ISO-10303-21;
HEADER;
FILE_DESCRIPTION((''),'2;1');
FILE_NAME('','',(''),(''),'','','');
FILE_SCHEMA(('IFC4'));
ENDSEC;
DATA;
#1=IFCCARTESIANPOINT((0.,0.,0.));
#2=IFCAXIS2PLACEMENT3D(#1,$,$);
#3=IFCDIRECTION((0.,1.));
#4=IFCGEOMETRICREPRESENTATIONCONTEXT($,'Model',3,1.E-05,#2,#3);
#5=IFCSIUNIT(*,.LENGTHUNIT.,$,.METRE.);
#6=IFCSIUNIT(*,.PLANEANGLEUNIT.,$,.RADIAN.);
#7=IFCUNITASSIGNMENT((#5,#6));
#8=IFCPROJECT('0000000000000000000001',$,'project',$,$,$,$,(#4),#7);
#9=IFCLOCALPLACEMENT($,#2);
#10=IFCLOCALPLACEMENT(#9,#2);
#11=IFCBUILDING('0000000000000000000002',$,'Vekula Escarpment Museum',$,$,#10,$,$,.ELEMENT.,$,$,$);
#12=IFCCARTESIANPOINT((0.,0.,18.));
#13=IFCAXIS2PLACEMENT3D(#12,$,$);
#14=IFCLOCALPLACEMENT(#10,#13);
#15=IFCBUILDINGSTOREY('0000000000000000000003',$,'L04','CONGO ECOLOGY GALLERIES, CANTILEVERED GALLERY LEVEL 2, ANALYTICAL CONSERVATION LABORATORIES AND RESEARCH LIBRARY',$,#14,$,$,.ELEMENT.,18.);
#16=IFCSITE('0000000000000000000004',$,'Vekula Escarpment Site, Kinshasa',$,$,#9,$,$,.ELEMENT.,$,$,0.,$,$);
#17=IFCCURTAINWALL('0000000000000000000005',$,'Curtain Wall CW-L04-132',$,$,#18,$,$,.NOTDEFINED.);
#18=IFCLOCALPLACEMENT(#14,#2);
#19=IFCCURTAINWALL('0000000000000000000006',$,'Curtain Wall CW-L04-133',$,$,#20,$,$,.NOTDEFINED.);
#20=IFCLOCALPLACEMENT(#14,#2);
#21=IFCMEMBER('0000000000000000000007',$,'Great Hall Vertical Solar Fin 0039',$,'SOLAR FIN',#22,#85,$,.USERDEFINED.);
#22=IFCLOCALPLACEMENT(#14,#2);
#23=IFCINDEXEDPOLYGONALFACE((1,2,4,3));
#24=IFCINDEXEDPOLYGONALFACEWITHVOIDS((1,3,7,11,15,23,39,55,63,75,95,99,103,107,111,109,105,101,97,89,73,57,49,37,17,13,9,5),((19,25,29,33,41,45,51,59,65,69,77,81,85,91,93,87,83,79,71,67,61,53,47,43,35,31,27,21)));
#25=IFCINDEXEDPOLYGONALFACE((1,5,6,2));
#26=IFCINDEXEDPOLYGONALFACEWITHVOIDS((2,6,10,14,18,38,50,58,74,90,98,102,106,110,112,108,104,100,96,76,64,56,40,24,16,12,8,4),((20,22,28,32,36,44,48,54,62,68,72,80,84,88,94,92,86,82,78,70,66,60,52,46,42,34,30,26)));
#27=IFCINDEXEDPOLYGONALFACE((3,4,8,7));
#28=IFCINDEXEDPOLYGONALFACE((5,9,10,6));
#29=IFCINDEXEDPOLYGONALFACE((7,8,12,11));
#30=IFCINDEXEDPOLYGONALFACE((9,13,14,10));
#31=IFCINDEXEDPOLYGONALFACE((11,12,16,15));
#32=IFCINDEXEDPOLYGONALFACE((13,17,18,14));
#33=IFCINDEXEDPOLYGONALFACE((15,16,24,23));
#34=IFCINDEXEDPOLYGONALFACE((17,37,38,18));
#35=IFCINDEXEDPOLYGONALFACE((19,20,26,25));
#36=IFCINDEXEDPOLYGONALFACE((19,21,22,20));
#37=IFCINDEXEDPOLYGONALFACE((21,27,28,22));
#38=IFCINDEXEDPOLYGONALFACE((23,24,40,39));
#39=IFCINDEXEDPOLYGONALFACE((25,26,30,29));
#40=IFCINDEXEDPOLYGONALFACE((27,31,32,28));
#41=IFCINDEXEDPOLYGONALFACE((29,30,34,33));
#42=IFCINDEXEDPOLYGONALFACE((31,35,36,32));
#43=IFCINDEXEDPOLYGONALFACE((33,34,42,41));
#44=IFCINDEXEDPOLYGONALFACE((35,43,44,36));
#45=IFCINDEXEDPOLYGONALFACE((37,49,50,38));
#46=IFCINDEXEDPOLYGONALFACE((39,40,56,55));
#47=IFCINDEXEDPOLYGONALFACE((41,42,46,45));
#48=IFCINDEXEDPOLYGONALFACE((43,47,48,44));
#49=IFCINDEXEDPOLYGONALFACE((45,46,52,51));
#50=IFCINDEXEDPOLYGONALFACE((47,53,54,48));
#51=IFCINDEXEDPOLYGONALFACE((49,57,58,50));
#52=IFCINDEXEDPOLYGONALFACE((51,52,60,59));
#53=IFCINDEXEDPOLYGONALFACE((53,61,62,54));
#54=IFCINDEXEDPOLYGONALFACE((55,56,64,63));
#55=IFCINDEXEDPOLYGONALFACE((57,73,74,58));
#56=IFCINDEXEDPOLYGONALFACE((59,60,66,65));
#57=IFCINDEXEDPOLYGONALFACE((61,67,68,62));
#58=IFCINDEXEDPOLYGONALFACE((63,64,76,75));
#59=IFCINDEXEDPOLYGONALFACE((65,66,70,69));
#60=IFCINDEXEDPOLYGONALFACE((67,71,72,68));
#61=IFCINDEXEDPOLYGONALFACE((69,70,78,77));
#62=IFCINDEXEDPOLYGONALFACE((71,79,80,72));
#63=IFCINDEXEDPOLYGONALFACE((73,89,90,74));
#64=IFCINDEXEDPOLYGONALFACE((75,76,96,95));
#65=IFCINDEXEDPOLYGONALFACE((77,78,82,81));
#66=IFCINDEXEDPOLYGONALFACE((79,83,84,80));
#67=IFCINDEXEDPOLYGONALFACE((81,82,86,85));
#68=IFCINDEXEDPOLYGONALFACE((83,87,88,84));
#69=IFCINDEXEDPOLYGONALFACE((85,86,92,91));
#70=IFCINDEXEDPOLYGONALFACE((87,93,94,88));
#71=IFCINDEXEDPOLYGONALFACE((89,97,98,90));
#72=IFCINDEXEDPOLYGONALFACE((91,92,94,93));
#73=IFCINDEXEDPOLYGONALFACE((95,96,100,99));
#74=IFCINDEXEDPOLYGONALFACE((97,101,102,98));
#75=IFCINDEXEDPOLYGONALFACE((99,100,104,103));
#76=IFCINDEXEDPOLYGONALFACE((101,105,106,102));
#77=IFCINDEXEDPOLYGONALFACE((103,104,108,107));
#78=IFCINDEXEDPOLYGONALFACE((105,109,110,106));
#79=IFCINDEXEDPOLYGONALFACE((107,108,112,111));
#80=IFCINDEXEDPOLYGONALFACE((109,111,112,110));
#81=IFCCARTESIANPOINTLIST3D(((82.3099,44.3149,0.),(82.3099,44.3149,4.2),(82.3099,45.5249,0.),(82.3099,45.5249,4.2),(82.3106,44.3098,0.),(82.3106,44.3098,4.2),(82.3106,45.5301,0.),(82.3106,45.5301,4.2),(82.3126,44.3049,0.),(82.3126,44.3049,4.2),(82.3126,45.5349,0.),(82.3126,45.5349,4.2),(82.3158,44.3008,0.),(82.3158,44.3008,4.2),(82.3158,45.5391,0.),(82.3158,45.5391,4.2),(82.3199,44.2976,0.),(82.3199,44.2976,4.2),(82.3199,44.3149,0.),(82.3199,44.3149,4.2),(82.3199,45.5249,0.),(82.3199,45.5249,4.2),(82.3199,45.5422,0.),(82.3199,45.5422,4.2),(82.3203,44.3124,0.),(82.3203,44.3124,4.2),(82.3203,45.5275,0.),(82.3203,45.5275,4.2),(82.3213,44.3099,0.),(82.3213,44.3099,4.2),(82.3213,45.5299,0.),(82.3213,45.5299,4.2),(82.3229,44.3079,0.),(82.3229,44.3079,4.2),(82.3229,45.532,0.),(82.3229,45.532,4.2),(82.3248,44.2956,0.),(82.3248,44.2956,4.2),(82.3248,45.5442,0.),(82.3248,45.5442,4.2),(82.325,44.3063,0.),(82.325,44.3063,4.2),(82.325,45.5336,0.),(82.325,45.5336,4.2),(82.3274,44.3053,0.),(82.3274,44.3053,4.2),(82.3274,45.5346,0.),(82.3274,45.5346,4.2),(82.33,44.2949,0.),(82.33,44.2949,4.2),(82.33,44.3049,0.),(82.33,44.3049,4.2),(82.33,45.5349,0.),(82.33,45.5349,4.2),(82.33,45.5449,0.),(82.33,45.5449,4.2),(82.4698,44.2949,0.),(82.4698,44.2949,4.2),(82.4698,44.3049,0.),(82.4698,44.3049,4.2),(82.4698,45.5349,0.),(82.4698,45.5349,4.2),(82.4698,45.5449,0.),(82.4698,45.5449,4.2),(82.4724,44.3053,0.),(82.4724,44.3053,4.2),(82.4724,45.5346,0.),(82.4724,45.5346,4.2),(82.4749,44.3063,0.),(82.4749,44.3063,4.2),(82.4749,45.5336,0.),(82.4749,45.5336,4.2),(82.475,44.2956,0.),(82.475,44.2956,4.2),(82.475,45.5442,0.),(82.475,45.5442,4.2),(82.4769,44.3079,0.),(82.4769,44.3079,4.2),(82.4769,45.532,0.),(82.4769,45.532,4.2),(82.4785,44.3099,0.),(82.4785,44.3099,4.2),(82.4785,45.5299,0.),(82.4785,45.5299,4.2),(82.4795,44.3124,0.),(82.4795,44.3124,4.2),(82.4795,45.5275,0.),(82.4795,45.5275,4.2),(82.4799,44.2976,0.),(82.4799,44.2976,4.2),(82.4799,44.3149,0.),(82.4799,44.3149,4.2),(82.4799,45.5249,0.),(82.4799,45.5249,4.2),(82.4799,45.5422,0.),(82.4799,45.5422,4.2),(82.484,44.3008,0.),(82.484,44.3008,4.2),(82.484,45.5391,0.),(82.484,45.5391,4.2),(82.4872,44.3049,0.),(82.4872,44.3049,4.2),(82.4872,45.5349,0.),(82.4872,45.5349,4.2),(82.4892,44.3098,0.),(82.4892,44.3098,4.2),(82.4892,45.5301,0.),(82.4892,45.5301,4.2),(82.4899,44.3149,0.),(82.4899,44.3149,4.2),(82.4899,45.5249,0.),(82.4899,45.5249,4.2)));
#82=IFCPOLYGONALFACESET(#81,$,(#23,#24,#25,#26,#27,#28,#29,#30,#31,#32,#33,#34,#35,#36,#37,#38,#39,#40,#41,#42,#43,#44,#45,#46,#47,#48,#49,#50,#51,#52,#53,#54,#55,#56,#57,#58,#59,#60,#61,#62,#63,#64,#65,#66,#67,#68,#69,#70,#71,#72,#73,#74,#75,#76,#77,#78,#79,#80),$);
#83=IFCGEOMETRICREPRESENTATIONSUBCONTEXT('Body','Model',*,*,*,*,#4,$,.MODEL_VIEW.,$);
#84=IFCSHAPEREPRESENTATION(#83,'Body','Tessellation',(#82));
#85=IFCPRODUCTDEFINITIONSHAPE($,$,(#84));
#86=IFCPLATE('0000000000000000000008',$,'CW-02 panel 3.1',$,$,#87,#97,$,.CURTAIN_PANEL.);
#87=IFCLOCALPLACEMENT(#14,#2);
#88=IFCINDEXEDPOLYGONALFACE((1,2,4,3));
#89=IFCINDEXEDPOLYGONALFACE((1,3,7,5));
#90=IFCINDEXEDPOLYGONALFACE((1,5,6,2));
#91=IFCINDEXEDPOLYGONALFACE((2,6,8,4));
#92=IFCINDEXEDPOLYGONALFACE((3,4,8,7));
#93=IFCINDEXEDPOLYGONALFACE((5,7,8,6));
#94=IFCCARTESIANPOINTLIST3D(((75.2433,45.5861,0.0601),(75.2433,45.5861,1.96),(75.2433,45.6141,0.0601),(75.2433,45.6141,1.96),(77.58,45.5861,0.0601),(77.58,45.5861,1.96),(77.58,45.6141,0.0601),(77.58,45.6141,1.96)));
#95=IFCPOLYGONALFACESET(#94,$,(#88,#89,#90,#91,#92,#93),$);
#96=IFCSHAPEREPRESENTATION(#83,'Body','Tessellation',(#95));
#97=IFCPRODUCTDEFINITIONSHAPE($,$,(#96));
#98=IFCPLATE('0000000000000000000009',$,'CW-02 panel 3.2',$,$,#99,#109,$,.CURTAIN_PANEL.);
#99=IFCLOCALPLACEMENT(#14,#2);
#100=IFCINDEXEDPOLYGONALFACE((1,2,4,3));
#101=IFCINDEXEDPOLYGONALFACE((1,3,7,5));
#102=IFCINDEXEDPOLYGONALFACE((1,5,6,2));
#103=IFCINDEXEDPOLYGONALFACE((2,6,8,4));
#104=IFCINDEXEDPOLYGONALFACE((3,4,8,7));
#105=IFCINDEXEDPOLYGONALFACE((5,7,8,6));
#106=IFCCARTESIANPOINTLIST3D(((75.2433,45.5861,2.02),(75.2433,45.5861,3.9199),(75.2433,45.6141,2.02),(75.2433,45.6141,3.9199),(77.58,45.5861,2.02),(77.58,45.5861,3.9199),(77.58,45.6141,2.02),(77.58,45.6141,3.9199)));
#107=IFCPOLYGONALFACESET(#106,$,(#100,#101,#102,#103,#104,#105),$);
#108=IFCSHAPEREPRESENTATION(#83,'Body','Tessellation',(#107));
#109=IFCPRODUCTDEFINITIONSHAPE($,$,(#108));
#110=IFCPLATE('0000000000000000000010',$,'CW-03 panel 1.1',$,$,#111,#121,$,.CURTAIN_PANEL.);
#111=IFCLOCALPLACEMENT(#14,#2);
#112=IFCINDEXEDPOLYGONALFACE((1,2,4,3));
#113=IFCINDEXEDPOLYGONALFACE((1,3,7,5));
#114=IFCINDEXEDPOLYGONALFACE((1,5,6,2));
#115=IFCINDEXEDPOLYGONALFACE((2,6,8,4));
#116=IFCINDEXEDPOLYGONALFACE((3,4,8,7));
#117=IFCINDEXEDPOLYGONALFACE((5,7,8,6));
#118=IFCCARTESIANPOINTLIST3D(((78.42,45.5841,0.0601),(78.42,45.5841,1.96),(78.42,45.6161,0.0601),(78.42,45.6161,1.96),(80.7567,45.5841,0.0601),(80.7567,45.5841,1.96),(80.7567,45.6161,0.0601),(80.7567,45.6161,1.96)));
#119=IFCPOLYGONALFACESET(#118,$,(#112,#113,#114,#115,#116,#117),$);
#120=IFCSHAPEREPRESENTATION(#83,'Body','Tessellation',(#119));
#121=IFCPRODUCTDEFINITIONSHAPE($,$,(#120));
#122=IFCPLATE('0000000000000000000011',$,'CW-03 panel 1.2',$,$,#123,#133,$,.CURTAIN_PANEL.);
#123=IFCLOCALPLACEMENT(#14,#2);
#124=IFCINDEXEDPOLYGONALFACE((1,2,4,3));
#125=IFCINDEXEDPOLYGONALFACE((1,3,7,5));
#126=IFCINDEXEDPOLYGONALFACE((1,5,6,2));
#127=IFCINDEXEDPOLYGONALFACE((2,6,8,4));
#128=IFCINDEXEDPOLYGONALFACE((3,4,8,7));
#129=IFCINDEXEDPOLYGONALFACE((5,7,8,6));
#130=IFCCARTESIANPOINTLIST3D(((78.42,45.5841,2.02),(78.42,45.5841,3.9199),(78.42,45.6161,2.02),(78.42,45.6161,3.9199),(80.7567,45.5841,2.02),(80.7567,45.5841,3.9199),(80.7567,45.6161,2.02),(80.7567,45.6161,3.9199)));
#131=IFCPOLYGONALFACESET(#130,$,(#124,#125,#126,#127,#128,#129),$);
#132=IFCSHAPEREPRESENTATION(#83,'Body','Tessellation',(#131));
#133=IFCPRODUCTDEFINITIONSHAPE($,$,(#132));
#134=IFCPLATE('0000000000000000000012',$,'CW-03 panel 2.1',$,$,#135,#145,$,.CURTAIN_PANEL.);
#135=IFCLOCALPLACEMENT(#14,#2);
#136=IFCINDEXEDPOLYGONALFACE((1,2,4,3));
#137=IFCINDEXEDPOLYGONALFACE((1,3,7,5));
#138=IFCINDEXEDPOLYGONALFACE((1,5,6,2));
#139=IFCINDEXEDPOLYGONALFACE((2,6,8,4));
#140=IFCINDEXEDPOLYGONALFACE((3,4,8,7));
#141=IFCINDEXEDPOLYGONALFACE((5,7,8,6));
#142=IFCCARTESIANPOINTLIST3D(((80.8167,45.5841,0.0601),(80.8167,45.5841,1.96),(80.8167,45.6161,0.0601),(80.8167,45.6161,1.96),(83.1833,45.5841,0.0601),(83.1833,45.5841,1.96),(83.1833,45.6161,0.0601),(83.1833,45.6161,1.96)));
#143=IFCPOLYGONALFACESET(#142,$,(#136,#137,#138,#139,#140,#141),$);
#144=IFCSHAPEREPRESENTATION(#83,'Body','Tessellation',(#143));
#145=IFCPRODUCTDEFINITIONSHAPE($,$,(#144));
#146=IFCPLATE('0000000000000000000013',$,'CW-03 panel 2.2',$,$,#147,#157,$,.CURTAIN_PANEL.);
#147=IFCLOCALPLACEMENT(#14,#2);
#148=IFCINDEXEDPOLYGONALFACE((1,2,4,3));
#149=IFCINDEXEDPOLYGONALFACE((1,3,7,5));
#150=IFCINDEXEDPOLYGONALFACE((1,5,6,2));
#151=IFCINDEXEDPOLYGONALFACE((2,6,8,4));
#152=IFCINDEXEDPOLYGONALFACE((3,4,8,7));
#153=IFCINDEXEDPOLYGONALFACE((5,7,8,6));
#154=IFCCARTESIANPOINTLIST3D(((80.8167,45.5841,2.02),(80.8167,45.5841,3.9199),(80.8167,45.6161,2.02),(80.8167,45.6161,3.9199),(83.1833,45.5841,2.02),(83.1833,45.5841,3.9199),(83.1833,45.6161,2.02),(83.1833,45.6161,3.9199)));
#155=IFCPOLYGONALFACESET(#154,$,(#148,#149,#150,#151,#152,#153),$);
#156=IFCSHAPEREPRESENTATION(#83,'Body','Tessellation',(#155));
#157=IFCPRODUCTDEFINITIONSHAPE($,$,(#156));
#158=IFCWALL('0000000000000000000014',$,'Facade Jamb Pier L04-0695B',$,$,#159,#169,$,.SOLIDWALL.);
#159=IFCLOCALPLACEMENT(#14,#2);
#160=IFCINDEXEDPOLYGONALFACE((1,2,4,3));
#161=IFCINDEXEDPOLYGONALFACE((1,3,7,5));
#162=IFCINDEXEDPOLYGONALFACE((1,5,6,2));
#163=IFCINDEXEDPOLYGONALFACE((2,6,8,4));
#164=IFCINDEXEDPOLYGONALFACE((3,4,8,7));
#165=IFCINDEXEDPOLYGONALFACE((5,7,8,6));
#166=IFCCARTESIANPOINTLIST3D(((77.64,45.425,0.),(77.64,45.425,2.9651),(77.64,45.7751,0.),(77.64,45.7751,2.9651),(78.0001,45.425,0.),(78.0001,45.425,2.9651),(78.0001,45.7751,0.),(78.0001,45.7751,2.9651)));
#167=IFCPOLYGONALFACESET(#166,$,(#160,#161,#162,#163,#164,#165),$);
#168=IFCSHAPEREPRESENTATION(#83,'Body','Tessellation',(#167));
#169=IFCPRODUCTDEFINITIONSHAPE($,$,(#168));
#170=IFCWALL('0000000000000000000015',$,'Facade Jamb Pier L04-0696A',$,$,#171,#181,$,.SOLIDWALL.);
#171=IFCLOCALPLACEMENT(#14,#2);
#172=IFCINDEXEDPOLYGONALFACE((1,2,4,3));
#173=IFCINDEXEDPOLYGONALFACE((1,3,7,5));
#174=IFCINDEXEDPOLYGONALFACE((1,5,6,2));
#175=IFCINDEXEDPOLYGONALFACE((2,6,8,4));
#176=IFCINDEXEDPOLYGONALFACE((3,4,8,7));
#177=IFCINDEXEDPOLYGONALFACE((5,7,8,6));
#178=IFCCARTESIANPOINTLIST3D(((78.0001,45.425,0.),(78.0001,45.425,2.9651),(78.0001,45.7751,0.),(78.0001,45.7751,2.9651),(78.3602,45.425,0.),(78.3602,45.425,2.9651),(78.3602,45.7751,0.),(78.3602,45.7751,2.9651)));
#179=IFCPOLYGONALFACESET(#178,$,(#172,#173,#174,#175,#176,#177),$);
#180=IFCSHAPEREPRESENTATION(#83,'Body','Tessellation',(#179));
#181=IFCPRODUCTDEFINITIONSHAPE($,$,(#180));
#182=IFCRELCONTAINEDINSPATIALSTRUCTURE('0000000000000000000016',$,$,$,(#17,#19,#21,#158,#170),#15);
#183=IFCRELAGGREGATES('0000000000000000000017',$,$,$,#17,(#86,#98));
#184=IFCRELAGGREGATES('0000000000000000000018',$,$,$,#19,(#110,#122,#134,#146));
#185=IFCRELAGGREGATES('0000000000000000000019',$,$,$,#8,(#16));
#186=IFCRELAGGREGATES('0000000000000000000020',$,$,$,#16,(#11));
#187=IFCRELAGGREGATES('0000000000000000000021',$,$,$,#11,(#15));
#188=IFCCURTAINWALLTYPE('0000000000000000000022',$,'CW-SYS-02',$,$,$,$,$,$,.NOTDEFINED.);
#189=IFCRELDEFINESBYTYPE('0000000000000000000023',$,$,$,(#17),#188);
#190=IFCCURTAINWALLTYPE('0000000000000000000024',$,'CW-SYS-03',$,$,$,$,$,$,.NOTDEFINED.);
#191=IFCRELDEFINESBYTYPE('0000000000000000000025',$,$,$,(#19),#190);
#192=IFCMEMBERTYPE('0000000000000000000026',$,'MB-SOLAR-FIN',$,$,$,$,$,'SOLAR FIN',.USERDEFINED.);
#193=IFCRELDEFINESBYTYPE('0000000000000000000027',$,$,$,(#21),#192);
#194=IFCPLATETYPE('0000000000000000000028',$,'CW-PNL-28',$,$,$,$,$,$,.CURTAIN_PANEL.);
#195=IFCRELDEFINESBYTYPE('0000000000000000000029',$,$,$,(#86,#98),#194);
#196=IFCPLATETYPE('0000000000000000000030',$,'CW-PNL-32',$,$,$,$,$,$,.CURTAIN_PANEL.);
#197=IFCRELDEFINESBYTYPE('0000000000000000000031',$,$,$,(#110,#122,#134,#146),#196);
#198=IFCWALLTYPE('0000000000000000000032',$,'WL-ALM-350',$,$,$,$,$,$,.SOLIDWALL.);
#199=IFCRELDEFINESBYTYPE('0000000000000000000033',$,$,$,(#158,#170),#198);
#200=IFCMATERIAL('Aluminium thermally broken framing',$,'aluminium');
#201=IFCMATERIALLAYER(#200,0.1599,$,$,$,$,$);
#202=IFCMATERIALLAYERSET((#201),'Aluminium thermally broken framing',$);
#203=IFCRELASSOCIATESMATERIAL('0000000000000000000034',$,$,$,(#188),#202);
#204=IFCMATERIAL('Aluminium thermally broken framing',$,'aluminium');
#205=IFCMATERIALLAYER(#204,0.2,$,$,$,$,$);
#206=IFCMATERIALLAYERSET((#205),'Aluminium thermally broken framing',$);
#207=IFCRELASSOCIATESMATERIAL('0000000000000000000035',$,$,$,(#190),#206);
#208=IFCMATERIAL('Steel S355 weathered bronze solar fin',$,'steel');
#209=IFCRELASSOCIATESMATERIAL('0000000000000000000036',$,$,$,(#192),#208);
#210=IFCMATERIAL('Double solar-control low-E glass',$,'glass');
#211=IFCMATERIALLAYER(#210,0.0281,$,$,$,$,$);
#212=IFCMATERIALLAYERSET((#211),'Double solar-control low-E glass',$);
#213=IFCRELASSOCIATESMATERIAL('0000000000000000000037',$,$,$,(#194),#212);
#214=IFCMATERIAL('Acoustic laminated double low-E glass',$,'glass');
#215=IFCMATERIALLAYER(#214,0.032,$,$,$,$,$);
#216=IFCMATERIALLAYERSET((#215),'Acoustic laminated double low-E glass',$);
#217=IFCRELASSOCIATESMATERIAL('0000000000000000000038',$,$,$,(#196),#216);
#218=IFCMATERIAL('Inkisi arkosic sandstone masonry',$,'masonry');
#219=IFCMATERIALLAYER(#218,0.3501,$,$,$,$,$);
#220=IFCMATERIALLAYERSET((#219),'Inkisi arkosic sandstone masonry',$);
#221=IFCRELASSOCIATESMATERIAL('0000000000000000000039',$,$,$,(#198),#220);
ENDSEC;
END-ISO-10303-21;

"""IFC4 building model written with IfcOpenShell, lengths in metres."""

from ifc_helpers import new_model, si_unit, direction, frame, frame_2d, origin, origin_2d, place, context, subcontext, project, spatial, rectangle, hollow_rectangle, extrude, material, layer, layer_set, material_profile, profile_set, type_object, element, aggregate, save


model = new_model("IFC4")

# Units and contexts
model_context = context("Model", 3, precision=1e-05, world=origin(), true_north=direction((0.0, 1.0)))
body_context = subcontext(model_context, "Body", "Model", "MODEL_VIEW")
ifc_project = project(units=[si_unit("LENGTHUNIT", "METRE"), si_unit("PLANEANGLEUNIT", "RADIAN")], contexts=[model_context])

# Site, building, storey
site_placement = place(None, origin())
site = spatial("IfcSite", under=ifc_project, at=site_placement, Name="Vekula Escarpment Site, Kinshasa", CompositionType="ELEMENT", RefElevation=0.0)
building_placement = place(site_placement, origin())
building = spatial("IfcBuilding", under=site, at=building_placement, Name="Vekula Escarpment Museum", CompositionType="ELEMENT")
storey_placement = place(building_placement, frame((0.0, 0.0, 18.0)))
storey = spatial("IfcBuildingStorey", under=building, at=storey_placement, Name="L04", Description="CONGO ECOLOGY GALLERIES, CANTILEVERED GALLERY LEVEL 2, ANALYTICAL CONSERVATION LABORATORIES AND RESEARCH LIBRARY", CompositionType="ELEMENT", Elevation=18.0)

# Curtain wall
ifc_material_1 = material(Name="Aluminium thermally broken framing", Category="aluminium")
ifc_layer_1 = layer(ifc_material_1, 0.1599)
ifc_layer_set_1 = layer_set([ifc_layer_1], Name="Aluminium thermally broken framing")
curtain_wall_type_1 = type_object("IfcCurtainWallType", Name="CW-SYS-02", PredefinedType="NOTDEFINED", material=ifc_layer_set_1)
curtain_wall_1_placement = place(storey_placement, origin())
curtain_wall_1 = element("IfcCurtainWall", 1, at=curtain_wall_1_placement, inside=storey, type_object=curtain_wall_type_1, Name="Curtain Wall CW-L04-132", PredefinedType="NOTDEFINED")

# Curtain wall
ifc_material_2 = material(Name="Aluminium thermally broken framing", Category="aluminium")
ifc_layer_2 = layer(ifc_material_2, 0.2)
ifc_layer_set_2 = layer_set([ifc_layer_2], Name="Aluminium thermally broken framing")
curtain_wall_type_2 = type_object("IfcCurtainWallType", Name="CW-SYS-03", PredefinedType="NOTDEFINED", material=ifc_layer_set_2)
curtain_wall_2_placement = place(storey_placement, origin())
curtain_wall_2 = element("IfcCurtainWall", 2, at=curtain_wall_2_placement, inside=storey, type_object=curtain_wall_type_2, Name="Curtain Wall CW-L04-133", PredefinedType="NOTDEFINED")

# Member
ifc_material_3 = material(Name="Steel S355 weathered bronze solar fin", Category="steel")
ifc_material_profile_1 = material_profile(ifc_material_3, hollow_rectangle(XDim=0.1799, YDim=1.25, WallThickness=0.01, InnerFilletRadius=0.01, OuterFilletRadius=0.02, at=origin_2d()), Name="RHS 1250x180x10")
ifc_profile_set_1 = profile_set([ifc_material_profile_1], Name="Steel S355 weathered bronze solar fin")
member_type_1 = type_object("IfcMemberType", Name="MB-SOLAR-FIN", ElementType="SOLAR FIN", PredefinedType="USERDEFINED", material=ifc_profile_set_1)
for number, where, z_axis, x_axis, name in (
    (3, (82.3999, 44.9199, 0.0), (0.0, 0.0, 1.0), (1.0, 0.0, 0.0), "Great Hall Vertical Solar Fin 0039"),
):
    element("IfcMember", number, at=place(storey_placement, frame(where, z_axis=z_axis, x_axis=x_axis)), inside=storey, type_object=member_type_1, Name=name, ObjectType="SOLAR FIN", PredefinedType="USERDEFINED", context=body_context, shape_type="SweptSolid", body=[
        extrude(hollow_rectangle(XDim=0.1799, YDim=1.25, WallThickness=0.01, InnerFilletRadius=0.01, OuterFilletRadius=0.02, at=origin_2d()), origin(), (0.0, 0.0, 1.0), 4.2),
    ])

# Plates
ifc_material_4 = material(Name="Double solar-control low-E glass", Category="glass")
ifc_layer_3 = layer(ifc_material_4, 0.0281)
ifc_layer_set_3 = layer_set([ifc_layer_3], Name="Double solar-control low-E glass")
plate_type_1 = type_object("IfcPlateType", Name="CW-PNL-28", PredefinedType="CURTAIN_PANEL", material=ifc_layer_set_3)
plate_1_placement = place(storey_placement, frame((76.4116, 45.6001, 0.0601), z_axis=(0.0, 0.0, 1.0), x_axis=(1.0, 0.0, 0.0)))
plate_1 = element("IfcPlate", 4, at=plate_1_placement, type_object=plate_type_1, Name="CW-02 panel 3.1", PredefinedType="CURTAIN_PANEL", context=body_context, shape_type="SweptSolid", body=[
    extrude(rectangle(XDim=2.3367, YDim=0.0281, at=origin_2d()), origin(), (0.0, 0.0, 1.0), 1.8999),
])
plate_2_placement = place(storey_placement, frame((76.4116, 45.6001, 2.02), z_axis=(0.0, 0.0, 1.0), x_axis=(1.0, 0.0, 0.0)))
plate_2 = element("IfcPlate", 5, at=plate_2_placement, type_object=plate_type_1, Name="CW-02 panel 3.2", PredefinedType="CURTAIN_PANEL", context=body_context, shape_type="SweptSolid", body=[
    extrude(rectangle(XDim=2.3367, YDim=0.0281, at=origin_2d()), origin(), (0.0, 0.0, 1.0), 1.8999),
])
aggregate(curtain_wall_1, [plate_1, plate_2])
ifc_material_5 = material(Name="Acoustic laminated double low-E glass", Category="glass")
ifc_layer_4 = layer(ifc_material_5, 0.032)
ifc_layer_set_4 = layer_set([ifc_layer_4], Name="Acoustic laminated double low-E glass")
plate_type_2 = type_object("IfcPlateType", Name="CW-PNL-32", PredefinedType="CURTAIN_PANEL", material=ifc_layer_set_4)
plate_3_placement = place(storey_placement, frame((79.5884, 45.6001, 0.0601), z_axis=(0.0, 0.0, 1.0), x_axis=(1.0, 0.0, 0.0)))
plate_3 = element("IfcPlate", 6, at=plate_3_placement, type_object=plate_type_2, Name="CW-03 panel 1.1", PredefinedType="CURTAIN_PANEL", context=body_context, shape_type="SweptSolid", body=[
    extrude(rectangle(XDim=2.3367, YDim=0.032, at=origin_2d()), origin(), (0.0, 0.0, 1.0), 1.8999),
])
plate_4_placement = place(storey_placement, frame((79.5884, 45.6001, 2.02), z_axis=(0.0, 0.0, 1.0), x_axis=(1.0, 0.0, 0.0)))
plate_4 = element("IfcPlate", 7, at=plate_4_placement, type_object=plate_type_2, Name="CW-03 panel 1.2", PredefinedType="CURTAIN_PANEL", context=body_context, shape_type="SweptSolid", body=[
    extrude(rectangle(XDim=2.3367, YDim=0.032, at=origin_2d()), origin(), (0.0, 0.0, 1.0), 1.8999),
])
plate_5_placement = place(storey_placement, frame((82.0, 45.6001, 0.0601), z_axis=(0.0, 0.0, 1.0), x_axis=(1.0, 0.0, 0.0)))
plate_5 = element("IfcPlate", 8, at=plate_5_placement, type_object=plate_type_2, Name="CW-03 panel 2.1", PredefinedType="CURTAIN_PANEL", context=body_context, shape_type="SweptSolid", body=[
    extrude(rectangle(XDim=2.3667, YDim=0.032, at=origin_2d()), origin(), (0.0, 0.0, 1.0), 1.8999),
])
plate_6_placement = place(storey_placement, frame((82.0, 45.6001, 2.02), z_axis=(0.0, 0.0, 1.0), x_axis=(1.0, 0.0, 0.0)))
plate_6 = element("IfcPlate", 9, at=plate_6_placement, type_object=plate_type_2, Name="CW-03 panel 2.2", PredefinedType="CURTAIN_PANEL", context=body_context, shape_type="SweptSolid", body=[
    extrude(rectangle(XDim=2.3667, YDim=0.032, at=origin_2d()), origin(), (0.0, 0.0, 1.0), 1.8999),
])
aggregate(curtain_wall_2, [plate_3, plate_4, plate_5, plate_6])

# Walls
ifc_material_6 = material(Name="Inkisi arkosic sandstone masonry", Category="masonry")
ifc_layer_5 = layer(ifc_material_6, 0.3501)
ifc_layer_set_5 = layer_set([ifc_layer_5], Name="Inkisi arkosic sandstone masonry")
wall_type_1 = type_object("IfcWallType", Name="WL-ALM-350", PredefinedType="SOLIDWALL", material=ifc_layer_set_5)
for number, where, z_axis, x_axis, name in (
    (10, (77.6399, 45.6001, 0.0), (0.0, 0.0, 1.0), (1.0, 0.0, 0.0), "Facade Jamb Pier L04-0695B"),
    (11, (78.0, 45.6001, 0.0), (0.0, 0.0, 1.0), (1.0, 0.0, 0.0), "Facade Jamb Pier L04-0696A"),
):
    element("IfcWall", number, at=place(storey_placement, frame(where, z_axis=z_axis, x_axis=x_axis)), inside=storey, type_object=wall_type_1, Name=name, PredefinedType="SOLIDWALL", context=body_context, shape_type="SweptSolid", body=[
        extrude(rectangle(XDim=0.3601, YDim=0.3501, at=frame_2d((0.1802, 0.0))), origin(), (0.0, 0.0, 1.0), 2.9651),
    ])

save(model, "model.ifc")
